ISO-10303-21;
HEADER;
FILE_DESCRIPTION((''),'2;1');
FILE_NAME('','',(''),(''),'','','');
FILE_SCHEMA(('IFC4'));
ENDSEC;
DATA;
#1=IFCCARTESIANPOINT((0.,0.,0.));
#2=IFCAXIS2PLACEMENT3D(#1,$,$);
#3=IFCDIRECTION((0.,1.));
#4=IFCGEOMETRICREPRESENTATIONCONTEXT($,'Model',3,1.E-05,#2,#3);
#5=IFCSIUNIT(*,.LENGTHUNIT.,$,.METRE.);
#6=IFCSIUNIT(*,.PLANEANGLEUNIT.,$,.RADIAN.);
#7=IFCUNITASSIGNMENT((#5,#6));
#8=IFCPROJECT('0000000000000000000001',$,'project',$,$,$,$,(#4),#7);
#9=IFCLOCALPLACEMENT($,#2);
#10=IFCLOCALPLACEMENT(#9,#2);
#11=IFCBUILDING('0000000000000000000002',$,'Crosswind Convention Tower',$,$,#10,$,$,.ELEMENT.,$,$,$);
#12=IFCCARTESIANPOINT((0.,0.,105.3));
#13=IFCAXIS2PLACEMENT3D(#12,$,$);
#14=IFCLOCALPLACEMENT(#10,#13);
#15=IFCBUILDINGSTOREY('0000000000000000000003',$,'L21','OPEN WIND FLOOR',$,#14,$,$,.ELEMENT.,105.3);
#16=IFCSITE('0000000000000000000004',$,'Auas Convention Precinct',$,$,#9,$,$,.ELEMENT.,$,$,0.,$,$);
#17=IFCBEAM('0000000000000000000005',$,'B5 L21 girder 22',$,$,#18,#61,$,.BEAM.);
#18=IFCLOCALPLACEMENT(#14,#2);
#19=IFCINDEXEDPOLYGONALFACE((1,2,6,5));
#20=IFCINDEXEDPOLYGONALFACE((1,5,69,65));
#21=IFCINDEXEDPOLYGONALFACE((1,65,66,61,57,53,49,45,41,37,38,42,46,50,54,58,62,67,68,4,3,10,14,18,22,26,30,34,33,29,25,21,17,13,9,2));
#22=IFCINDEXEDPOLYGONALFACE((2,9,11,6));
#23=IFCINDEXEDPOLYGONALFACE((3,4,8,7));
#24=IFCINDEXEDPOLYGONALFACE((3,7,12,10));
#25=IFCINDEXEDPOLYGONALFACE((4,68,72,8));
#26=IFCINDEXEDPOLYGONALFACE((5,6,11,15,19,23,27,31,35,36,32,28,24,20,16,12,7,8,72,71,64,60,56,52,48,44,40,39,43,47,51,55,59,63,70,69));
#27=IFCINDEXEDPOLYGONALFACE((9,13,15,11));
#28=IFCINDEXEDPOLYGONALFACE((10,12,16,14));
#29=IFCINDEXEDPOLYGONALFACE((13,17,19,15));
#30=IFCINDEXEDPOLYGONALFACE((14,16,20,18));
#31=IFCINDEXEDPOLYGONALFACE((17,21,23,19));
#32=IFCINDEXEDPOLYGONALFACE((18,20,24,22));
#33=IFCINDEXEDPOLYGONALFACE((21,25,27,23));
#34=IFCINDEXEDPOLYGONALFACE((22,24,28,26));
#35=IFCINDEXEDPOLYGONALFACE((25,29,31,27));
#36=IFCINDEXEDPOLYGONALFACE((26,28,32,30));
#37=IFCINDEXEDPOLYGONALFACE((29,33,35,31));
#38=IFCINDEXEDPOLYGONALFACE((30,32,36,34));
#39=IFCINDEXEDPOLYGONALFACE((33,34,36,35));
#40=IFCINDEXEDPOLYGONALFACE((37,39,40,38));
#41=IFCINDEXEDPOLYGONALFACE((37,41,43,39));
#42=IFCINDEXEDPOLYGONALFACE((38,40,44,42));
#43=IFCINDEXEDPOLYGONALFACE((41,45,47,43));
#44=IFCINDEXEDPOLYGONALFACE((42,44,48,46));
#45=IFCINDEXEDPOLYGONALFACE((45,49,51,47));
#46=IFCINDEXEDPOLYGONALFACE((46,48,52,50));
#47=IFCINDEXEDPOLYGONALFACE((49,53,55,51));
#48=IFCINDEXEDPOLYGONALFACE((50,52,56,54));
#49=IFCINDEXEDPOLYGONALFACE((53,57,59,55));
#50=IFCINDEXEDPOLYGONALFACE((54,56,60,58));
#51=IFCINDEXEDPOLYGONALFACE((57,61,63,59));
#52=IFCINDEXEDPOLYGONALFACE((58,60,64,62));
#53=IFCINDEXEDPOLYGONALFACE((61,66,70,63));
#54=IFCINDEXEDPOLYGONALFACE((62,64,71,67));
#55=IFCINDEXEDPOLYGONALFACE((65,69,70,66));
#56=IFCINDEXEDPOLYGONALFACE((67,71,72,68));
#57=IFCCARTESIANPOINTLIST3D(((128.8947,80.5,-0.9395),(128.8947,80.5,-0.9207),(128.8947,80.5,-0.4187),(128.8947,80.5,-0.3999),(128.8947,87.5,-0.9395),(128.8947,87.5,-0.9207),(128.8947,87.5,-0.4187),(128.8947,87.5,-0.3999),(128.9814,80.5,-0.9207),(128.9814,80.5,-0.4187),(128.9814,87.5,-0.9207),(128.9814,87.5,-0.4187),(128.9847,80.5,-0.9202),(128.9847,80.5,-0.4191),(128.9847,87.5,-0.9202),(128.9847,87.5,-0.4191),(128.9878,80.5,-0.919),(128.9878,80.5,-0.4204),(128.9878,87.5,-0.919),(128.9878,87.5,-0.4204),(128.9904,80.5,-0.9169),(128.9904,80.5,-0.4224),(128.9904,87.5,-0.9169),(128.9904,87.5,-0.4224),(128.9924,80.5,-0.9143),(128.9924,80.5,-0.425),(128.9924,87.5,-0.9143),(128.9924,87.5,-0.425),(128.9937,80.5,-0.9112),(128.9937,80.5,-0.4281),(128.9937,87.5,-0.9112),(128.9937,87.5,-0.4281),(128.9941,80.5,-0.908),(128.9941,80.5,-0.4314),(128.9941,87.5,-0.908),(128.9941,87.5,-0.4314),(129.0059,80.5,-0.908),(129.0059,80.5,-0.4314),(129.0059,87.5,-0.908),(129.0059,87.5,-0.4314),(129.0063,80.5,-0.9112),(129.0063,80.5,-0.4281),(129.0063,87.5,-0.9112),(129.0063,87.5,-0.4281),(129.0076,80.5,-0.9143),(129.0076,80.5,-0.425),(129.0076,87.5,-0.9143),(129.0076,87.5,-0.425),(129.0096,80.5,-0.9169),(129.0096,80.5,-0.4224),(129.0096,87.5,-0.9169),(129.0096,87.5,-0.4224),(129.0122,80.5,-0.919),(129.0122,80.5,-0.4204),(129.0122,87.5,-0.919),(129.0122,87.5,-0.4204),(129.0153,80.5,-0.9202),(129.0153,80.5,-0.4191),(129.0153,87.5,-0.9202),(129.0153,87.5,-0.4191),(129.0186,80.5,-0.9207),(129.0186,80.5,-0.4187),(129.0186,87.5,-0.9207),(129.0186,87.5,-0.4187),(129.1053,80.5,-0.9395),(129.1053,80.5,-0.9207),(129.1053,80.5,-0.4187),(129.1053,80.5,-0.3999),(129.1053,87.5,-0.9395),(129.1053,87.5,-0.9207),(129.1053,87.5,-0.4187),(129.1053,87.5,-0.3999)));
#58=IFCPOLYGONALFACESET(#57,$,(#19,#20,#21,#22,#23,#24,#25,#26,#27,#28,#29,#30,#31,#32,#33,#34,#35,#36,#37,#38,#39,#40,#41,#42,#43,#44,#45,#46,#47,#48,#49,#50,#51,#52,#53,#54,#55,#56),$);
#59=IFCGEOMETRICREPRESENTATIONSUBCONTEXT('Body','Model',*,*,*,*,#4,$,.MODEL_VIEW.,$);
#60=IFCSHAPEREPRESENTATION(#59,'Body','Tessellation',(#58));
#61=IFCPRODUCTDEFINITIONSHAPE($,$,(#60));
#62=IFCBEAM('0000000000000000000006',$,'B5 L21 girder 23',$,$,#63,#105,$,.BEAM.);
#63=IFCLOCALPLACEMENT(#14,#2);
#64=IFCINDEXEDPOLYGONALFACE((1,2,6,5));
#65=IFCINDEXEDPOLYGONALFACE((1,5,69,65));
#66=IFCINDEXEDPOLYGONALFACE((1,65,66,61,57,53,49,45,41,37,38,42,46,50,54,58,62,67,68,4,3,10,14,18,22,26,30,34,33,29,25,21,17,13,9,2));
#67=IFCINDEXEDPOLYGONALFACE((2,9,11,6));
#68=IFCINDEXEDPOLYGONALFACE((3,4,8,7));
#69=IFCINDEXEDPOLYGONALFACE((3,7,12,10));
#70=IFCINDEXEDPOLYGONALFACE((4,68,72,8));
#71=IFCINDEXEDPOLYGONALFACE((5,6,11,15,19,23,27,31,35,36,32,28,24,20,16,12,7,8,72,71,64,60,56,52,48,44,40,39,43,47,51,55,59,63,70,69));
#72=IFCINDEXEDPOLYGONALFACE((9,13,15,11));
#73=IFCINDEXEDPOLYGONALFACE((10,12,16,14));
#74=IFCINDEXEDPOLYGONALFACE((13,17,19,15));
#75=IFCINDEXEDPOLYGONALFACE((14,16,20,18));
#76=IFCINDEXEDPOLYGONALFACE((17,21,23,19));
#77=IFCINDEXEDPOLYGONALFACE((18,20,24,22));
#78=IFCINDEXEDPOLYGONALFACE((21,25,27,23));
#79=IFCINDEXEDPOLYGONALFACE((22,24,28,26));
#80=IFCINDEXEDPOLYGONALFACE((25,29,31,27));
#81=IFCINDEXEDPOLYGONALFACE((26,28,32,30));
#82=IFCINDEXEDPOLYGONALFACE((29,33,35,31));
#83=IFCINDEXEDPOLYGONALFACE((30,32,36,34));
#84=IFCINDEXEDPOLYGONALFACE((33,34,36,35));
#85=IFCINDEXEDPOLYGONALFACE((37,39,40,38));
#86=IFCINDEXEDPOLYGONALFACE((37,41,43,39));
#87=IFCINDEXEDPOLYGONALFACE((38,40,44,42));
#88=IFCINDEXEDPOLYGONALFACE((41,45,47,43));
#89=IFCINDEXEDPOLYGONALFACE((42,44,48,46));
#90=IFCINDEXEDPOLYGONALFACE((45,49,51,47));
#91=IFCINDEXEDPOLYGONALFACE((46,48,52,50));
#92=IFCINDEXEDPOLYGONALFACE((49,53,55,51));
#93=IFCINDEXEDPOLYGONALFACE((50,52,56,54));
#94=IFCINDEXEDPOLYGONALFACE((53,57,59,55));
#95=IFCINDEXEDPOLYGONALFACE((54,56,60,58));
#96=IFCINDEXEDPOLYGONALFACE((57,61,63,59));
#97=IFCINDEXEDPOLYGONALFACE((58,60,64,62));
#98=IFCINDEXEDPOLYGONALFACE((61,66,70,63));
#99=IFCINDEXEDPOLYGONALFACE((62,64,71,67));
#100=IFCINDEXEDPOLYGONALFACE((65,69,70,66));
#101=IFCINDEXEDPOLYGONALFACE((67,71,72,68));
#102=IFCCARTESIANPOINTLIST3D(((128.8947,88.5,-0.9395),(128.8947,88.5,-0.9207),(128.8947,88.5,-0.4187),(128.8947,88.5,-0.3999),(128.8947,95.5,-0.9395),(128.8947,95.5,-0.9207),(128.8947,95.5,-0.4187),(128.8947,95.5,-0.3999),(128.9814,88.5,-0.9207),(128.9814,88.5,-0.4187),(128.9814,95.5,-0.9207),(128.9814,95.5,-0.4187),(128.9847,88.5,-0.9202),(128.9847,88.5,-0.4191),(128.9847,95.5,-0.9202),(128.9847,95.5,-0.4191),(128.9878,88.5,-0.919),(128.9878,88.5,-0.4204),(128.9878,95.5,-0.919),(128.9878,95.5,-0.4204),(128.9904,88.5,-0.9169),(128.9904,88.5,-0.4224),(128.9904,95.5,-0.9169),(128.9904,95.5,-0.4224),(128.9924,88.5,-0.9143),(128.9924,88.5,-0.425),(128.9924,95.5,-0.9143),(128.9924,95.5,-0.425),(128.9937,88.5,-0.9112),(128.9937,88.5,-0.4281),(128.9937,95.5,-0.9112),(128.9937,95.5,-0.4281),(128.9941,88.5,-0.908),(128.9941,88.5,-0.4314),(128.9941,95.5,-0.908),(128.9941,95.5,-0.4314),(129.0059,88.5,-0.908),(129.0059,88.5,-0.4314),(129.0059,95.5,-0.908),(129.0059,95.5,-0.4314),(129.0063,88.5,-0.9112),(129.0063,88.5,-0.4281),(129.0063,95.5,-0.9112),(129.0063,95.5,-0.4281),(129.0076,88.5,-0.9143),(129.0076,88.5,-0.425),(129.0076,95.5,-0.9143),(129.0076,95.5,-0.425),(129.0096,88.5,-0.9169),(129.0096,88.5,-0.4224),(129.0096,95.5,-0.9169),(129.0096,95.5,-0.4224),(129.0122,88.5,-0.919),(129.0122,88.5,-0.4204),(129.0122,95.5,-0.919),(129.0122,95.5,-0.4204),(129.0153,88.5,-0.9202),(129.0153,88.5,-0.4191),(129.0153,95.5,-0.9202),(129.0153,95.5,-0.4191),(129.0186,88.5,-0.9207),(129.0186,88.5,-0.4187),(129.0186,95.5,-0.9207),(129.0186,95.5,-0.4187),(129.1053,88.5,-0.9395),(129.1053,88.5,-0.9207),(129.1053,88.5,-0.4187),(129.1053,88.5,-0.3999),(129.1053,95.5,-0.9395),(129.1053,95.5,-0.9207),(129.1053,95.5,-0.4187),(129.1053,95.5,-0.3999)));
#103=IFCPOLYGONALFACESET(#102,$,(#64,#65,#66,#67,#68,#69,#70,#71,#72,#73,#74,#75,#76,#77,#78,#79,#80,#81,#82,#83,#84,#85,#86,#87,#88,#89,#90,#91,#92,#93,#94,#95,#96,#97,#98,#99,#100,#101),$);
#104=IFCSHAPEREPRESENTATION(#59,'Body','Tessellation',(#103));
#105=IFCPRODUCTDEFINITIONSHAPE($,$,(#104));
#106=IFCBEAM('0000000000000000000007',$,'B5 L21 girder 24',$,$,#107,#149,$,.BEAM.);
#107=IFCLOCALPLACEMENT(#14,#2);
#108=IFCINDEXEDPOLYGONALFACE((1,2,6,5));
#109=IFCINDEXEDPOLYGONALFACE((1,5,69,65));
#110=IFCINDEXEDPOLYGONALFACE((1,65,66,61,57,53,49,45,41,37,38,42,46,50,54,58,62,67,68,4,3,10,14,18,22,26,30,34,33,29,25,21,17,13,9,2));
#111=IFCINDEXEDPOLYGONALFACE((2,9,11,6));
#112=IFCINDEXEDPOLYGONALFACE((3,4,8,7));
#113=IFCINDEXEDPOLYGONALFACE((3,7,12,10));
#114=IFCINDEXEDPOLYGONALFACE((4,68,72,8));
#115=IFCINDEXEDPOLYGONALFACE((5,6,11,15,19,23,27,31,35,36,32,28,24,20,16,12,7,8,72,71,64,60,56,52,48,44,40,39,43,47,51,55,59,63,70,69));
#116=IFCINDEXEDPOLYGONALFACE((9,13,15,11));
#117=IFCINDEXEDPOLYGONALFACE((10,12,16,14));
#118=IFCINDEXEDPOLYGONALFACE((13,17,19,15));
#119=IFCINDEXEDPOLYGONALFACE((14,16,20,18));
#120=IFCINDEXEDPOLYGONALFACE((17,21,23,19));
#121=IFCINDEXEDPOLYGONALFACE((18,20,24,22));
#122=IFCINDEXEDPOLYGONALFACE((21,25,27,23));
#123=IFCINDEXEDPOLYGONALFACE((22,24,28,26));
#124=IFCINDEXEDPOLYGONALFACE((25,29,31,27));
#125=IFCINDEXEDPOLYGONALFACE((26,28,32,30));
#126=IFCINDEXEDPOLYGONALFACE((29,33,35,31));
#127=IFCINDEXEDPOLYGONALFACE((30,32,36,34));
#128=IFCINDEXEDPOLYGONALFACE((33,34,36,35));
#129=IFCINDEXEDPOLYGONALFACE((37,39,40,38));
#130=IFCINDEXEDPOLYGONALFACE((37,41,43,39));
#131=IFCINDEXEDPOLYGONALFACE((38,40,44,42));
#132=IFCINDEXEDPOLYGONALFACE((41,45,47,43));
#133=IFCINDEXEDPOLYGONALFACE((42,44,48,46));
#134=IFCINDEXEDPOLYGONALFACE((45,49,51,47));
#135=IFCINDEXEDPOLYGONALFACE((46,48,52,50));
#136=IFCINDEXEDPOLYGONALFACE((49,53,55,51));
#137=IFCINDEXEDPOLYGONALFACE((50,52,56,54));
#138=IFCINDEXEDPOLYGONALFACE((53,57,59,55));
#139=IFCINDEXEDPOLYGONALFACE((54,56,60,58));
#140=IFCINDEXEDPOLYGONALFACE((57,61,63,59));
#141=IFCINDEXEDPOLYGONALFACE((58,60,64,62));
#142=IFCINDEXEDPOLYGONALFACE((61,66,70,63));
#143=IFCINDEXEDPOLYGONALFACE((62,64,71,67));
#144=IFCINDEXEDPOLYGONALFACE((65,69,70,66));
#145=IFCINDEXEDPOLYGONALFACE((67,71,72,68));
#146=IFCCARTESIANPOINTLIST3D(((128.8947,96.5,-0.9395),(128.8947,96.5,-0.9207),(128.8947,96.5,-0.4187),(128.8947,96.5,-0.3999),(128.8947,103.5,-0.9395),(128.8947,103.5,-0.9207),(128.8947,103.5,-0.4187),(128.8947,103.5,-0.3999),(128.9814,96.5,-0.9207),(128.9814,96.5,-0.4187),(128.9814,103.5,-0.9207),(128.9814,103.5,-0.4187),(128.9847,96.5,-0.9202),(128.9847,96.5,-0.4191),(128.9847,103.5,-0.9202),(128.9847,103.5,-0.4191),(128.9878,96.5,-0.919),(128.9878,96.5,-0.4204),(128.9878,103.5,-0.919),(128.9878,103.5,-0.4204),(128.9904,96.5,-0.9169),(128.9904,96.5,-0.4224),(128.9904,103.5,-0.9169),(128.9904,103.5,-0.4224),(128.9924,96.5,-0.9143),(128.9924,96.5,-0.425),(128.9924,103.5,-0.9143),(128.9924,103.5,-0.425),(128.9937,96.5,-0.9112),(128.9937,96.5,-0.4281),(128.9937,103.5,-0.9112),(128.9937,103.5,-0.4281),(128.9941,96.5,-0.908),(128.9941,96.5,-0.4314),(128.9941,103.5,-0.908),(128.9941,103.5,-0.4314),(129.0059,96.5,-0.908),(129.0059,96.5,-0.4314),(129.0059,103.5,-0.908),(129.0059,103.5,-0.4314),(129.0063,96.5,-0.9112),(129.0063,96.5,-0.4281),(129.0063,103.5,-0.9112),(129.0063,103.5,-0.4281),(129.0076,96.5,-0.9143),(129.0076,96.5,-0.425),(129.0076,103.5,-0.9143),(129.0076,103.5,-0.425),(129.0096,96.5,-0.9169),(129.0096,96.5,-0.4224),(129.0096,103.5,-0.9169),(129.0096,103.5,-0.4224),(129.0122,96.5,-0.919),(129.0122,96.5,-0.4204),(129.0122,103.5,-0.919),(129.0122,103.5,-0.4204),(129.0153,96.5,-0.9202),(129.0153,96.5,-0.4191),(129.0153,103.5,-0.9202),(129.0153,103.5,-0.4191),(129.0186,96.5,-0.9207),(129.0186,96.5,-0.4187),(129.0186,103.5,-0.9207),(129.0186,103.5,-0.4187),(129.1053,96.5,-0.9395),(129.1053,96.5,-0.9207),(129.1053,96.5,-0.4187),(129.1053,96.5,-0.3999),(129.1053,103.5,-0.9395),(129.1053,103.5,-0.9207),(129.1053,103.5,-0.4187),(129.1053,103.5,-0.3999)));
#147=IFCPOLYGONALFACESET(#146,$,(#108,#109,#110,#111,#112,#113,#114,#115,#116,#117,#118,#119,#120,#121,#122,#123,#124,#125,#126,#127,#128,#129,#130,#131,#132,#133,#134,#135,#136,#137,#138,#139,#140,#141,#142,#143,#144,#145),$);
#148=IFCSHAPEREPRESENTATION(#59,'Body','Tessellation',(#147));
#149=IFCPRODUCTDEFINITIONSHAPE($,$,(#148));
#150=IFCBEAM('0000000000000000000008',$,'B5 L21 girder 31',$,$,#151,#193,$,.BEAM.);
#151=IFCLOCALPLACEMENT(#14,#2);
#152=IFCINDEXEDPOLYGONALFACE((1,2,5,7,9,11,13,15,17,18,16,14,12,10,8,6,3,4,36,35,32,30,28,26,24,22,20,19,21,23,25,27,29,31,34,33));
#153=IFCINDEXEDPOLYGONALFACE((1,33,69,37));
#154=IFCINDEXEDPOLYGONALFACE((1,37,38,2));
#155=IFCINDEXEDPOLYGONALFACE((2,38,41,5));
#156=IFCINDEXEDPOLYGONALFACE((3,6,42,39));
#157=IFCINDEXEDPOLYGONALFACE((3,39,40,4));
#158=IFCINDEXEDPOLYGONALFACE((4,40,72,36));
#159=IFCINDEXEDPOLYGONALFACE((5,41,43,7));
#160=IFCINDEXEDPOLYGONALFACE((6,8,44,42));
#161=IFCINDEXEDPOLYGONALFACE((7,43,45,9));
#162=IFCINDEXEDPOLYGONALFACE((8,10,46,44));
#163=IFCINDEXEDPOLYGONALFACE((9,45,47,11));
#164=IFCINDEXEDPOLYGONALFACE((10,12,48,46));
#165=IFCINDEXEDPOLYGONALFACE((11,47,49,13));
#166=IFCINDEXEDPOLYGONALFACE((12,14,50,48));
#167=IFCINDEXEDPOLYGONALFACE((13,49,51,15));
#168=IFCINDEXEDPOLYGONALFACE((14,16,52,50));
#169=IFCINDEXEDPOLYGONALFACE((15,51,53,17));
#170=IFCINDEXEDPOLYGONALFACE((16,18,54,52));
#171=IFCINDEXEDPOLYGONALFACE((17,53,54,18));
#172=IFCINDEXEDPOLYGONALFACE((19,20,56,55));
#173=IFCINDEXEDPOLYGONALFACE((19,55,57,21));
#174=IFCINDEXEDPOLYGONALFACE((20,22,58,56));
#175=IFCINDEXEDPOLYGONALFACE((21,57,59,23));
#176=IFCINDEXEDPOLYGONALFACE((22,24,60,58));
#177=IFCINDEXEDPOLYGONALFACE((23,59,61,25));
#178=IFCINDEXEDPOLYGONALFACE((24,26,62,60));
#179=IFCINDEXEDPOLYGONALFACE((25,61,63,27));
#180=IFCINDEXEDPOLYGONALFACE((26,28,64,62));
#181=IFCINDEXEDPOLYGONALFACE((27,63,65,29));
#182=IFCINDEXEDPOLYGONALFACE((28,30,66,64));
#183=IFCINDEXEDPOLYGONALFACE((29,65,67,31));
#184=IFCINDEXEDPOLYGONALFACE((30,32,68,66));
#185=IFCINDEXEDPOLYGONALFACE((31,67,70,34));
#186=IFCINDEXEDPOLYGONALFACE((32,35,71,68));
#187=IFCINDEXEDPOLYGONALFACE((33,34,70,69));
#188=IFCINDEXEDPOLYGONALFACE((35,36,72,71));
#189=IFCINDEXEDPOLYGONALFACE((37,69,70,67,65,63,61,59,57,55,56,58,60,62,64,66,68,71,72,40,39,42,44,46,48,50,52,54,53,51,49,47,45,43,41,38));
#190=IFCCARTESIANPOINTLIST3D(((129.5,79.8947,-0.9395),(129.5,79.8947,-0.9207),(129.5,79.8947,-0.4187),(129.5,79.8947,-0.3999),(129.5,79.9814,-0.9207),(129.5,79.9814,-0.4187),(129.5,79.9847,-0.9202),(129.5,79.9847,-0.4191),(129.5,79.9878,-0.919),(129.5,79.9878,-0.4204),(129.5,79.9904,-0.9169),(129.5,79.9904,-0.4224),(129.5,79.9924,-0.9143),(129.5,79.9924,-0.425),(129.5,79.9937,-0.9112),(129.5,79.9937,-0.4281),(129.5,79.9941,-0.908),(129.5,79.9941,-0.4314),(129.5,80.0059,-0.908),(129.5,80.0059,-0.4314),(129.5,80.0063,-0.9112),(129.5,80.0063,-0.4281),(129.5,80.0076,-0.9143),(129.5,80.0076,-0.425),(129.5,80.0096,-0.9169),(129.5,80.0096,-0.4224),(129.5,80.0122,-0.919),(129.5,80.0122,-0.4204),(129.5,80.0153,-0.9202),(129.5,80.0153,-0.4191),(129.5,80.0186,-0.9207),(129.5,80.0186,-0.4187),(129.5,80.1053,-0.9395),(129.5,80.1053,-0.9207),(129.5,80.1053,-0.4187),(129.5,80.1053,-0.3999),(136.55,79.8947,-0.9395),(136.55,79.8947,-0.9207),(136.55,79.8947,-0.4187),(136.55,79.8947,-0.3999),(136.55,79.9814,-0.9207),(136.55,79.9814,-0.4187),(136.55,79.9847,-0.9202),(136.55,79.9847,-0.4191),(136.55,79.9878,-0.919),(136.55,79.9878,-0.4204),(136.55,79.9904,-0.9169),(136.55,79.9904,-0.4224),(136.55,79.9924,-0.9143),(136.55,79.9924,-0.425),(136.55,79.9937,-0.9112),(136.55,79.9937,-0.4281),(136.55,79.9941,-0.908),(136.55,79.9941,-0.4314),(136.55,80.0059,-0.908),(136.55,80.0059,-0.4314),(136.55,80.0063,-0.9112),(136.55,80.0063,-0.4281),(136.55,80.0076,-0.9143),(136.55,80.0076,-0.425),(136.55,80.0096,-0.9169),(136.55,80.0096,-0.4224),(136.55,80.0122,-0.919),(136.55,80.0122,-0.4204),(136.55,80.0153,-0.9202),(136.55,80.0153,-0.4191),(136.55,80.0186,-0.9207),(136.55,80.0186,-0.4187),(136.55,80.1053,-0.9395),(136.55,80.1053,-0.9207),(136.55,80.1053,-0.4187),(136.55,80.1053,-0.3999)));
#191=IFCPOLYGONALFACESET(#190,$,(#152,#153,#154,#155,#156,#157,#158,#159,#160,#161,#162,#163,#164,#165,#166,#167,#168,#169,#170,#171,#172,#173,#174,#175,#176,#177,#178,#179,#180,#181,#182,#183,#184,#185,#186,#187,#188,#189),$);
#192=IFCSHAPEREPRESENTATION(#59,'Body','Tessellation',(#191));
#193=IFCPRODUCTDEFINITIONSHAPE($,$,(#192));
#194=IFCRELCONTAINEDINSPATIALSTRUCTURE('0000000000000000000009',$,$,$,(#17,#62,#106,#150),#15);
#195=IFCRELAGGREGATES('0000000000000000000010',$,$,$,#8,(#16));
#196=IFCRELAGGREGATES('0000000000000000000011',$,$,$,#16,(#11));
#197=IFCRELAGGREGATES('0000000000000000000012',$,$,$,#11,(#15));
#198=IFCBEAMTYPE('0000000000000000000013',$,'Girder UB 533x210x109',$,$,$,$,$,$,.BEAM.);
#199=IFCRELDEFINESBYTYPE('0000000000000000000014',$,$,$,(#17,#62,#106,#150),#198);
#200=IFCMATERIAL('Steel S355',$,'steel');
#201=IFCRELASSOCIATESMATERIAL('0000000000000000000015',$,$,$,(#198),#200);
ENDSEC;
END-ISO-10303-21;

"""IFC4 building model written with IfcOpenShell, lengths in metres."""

from ifc_helpers import new_model, si_unit, direction, frame, origin, origin_2d, place, context, subcontext, project, spatial, i_section, extrude, material, material_profile, profile_set, type_object, element, save


model = new_model("IFC4")

# Units and contexts
model_context = context("Model", 3, precision=1e-05, world=origin(), true_north=direction((0.0, 1.0)))
body_context = subcontext(model_context, "Body", "Model", "MODEL_VIEW")
ifc_project = project(units=[si_unit("LENGTHUNIT", "METRE"), si_unit("PLANEANGLEUNIT", "RADIAN")], contexts=[model_context])

# Site, building, storey
site_placement = place(None, origin())
site = spatial("IfcSite", under=ifc_project, at=site_placement, Name="Auas Convention Precinct", CompositionType="ELEMENT", RefElevation=0.0)
building_placement = place(site_placement, origin())
building = spatial("IfcBuilding", under=site, at=building_placement, Name="Crosswind Convention Tower", CompositionType="ELEMENT")
storey_placement = place(building_placement, frame((0.0, 0.0, 105.3)))
storey = spatial("IfcBuildingStorey", under=building, at=storey_placement, Name="L21", Description="OPEN WIND FLOOR", CompositionType="ELEMENT", Elevation=105.3)

# Beams
ifc_material_1 = material(Name="Steel S355", Category="steel")
ifc_material_profile_1 = material_profile(ifc_material_1, i_section(OverallWidth=0.2107, OverallDepth=0.5396, WebThickness=0.0117, FlangeThickness=0.0188, FilletRadius=0.0127, at=origin_2d()), Name="UB 533x210x109")
ifc_profile_set_1 = profile_set([ifc_material_profile_1], Name="Steel S355")
beam_type_1 = type_object("IfcBeamType", Name="Girder UB 533x210x109", PredefinedType="BEAM", material=ifc_profile_set_1)
for number, where, z_axis, x_axis, name in (
    (1, (129.0, 80.5, -0.6697), (0.0, 1.0, 0.0), (-1.0, 0.0, 0.0), "B5 L21 girder 22"),
    (2, (129.0, 88.5, -0.6697), (0.0, 1.0, 0.0), (-1.0, 0.0, 0.0), "B5 L21 girder 23"),
    (3, (129.0, 96.5, -0.6697), (0.0, 1.0, 0.0), (-1.0, 0.0, 0.0), "B5 L21 girder 24"),
):
    element("IfcBeam", number, at=place(storey_placement, frame(where, z_axis=z_axis, x_axis=x_axis)), inside=storey, type_object=beam_type_1, Name=name, PredefinedType="BEAM", context=body_context, shape_type="SweptSolid", body=[
        extrude(i_section(OverallWidth=0.2107, OverallDepth=0.5396, WebThickness=0.0117, FlangeThickness=0.0188, FilletRadius=0.0127, at=origin_2d()), origin(), (0.0, 0.0, 1.0), 7.0),
    ])
beam_1_placement = place(storey_placement, frame((129.5, 80.0, -0.6697), z_axis=(1.0, 0.0, 0.0), x_axis=(0.0, 1.0, 0.0)))
element("IfcBeam", 4, at=beam_1_placement, inside=storey, type_object=beam_type_1, Name="B5 L21 girder 31", PredefinedType="BEAM", context=body_context, shape_type="SweptSolid", body=[
    extrude(i_section(OverallWidth=0.2107, OverallDepth=0.5396, WebThickness=0.0117, FlangeThickness=0.0188, FilletRadius=0.0127, at=origin_2d()), origin(), (0.0, 0.0, 1.0), 7.05),
])

save(model, "model.ifc")
